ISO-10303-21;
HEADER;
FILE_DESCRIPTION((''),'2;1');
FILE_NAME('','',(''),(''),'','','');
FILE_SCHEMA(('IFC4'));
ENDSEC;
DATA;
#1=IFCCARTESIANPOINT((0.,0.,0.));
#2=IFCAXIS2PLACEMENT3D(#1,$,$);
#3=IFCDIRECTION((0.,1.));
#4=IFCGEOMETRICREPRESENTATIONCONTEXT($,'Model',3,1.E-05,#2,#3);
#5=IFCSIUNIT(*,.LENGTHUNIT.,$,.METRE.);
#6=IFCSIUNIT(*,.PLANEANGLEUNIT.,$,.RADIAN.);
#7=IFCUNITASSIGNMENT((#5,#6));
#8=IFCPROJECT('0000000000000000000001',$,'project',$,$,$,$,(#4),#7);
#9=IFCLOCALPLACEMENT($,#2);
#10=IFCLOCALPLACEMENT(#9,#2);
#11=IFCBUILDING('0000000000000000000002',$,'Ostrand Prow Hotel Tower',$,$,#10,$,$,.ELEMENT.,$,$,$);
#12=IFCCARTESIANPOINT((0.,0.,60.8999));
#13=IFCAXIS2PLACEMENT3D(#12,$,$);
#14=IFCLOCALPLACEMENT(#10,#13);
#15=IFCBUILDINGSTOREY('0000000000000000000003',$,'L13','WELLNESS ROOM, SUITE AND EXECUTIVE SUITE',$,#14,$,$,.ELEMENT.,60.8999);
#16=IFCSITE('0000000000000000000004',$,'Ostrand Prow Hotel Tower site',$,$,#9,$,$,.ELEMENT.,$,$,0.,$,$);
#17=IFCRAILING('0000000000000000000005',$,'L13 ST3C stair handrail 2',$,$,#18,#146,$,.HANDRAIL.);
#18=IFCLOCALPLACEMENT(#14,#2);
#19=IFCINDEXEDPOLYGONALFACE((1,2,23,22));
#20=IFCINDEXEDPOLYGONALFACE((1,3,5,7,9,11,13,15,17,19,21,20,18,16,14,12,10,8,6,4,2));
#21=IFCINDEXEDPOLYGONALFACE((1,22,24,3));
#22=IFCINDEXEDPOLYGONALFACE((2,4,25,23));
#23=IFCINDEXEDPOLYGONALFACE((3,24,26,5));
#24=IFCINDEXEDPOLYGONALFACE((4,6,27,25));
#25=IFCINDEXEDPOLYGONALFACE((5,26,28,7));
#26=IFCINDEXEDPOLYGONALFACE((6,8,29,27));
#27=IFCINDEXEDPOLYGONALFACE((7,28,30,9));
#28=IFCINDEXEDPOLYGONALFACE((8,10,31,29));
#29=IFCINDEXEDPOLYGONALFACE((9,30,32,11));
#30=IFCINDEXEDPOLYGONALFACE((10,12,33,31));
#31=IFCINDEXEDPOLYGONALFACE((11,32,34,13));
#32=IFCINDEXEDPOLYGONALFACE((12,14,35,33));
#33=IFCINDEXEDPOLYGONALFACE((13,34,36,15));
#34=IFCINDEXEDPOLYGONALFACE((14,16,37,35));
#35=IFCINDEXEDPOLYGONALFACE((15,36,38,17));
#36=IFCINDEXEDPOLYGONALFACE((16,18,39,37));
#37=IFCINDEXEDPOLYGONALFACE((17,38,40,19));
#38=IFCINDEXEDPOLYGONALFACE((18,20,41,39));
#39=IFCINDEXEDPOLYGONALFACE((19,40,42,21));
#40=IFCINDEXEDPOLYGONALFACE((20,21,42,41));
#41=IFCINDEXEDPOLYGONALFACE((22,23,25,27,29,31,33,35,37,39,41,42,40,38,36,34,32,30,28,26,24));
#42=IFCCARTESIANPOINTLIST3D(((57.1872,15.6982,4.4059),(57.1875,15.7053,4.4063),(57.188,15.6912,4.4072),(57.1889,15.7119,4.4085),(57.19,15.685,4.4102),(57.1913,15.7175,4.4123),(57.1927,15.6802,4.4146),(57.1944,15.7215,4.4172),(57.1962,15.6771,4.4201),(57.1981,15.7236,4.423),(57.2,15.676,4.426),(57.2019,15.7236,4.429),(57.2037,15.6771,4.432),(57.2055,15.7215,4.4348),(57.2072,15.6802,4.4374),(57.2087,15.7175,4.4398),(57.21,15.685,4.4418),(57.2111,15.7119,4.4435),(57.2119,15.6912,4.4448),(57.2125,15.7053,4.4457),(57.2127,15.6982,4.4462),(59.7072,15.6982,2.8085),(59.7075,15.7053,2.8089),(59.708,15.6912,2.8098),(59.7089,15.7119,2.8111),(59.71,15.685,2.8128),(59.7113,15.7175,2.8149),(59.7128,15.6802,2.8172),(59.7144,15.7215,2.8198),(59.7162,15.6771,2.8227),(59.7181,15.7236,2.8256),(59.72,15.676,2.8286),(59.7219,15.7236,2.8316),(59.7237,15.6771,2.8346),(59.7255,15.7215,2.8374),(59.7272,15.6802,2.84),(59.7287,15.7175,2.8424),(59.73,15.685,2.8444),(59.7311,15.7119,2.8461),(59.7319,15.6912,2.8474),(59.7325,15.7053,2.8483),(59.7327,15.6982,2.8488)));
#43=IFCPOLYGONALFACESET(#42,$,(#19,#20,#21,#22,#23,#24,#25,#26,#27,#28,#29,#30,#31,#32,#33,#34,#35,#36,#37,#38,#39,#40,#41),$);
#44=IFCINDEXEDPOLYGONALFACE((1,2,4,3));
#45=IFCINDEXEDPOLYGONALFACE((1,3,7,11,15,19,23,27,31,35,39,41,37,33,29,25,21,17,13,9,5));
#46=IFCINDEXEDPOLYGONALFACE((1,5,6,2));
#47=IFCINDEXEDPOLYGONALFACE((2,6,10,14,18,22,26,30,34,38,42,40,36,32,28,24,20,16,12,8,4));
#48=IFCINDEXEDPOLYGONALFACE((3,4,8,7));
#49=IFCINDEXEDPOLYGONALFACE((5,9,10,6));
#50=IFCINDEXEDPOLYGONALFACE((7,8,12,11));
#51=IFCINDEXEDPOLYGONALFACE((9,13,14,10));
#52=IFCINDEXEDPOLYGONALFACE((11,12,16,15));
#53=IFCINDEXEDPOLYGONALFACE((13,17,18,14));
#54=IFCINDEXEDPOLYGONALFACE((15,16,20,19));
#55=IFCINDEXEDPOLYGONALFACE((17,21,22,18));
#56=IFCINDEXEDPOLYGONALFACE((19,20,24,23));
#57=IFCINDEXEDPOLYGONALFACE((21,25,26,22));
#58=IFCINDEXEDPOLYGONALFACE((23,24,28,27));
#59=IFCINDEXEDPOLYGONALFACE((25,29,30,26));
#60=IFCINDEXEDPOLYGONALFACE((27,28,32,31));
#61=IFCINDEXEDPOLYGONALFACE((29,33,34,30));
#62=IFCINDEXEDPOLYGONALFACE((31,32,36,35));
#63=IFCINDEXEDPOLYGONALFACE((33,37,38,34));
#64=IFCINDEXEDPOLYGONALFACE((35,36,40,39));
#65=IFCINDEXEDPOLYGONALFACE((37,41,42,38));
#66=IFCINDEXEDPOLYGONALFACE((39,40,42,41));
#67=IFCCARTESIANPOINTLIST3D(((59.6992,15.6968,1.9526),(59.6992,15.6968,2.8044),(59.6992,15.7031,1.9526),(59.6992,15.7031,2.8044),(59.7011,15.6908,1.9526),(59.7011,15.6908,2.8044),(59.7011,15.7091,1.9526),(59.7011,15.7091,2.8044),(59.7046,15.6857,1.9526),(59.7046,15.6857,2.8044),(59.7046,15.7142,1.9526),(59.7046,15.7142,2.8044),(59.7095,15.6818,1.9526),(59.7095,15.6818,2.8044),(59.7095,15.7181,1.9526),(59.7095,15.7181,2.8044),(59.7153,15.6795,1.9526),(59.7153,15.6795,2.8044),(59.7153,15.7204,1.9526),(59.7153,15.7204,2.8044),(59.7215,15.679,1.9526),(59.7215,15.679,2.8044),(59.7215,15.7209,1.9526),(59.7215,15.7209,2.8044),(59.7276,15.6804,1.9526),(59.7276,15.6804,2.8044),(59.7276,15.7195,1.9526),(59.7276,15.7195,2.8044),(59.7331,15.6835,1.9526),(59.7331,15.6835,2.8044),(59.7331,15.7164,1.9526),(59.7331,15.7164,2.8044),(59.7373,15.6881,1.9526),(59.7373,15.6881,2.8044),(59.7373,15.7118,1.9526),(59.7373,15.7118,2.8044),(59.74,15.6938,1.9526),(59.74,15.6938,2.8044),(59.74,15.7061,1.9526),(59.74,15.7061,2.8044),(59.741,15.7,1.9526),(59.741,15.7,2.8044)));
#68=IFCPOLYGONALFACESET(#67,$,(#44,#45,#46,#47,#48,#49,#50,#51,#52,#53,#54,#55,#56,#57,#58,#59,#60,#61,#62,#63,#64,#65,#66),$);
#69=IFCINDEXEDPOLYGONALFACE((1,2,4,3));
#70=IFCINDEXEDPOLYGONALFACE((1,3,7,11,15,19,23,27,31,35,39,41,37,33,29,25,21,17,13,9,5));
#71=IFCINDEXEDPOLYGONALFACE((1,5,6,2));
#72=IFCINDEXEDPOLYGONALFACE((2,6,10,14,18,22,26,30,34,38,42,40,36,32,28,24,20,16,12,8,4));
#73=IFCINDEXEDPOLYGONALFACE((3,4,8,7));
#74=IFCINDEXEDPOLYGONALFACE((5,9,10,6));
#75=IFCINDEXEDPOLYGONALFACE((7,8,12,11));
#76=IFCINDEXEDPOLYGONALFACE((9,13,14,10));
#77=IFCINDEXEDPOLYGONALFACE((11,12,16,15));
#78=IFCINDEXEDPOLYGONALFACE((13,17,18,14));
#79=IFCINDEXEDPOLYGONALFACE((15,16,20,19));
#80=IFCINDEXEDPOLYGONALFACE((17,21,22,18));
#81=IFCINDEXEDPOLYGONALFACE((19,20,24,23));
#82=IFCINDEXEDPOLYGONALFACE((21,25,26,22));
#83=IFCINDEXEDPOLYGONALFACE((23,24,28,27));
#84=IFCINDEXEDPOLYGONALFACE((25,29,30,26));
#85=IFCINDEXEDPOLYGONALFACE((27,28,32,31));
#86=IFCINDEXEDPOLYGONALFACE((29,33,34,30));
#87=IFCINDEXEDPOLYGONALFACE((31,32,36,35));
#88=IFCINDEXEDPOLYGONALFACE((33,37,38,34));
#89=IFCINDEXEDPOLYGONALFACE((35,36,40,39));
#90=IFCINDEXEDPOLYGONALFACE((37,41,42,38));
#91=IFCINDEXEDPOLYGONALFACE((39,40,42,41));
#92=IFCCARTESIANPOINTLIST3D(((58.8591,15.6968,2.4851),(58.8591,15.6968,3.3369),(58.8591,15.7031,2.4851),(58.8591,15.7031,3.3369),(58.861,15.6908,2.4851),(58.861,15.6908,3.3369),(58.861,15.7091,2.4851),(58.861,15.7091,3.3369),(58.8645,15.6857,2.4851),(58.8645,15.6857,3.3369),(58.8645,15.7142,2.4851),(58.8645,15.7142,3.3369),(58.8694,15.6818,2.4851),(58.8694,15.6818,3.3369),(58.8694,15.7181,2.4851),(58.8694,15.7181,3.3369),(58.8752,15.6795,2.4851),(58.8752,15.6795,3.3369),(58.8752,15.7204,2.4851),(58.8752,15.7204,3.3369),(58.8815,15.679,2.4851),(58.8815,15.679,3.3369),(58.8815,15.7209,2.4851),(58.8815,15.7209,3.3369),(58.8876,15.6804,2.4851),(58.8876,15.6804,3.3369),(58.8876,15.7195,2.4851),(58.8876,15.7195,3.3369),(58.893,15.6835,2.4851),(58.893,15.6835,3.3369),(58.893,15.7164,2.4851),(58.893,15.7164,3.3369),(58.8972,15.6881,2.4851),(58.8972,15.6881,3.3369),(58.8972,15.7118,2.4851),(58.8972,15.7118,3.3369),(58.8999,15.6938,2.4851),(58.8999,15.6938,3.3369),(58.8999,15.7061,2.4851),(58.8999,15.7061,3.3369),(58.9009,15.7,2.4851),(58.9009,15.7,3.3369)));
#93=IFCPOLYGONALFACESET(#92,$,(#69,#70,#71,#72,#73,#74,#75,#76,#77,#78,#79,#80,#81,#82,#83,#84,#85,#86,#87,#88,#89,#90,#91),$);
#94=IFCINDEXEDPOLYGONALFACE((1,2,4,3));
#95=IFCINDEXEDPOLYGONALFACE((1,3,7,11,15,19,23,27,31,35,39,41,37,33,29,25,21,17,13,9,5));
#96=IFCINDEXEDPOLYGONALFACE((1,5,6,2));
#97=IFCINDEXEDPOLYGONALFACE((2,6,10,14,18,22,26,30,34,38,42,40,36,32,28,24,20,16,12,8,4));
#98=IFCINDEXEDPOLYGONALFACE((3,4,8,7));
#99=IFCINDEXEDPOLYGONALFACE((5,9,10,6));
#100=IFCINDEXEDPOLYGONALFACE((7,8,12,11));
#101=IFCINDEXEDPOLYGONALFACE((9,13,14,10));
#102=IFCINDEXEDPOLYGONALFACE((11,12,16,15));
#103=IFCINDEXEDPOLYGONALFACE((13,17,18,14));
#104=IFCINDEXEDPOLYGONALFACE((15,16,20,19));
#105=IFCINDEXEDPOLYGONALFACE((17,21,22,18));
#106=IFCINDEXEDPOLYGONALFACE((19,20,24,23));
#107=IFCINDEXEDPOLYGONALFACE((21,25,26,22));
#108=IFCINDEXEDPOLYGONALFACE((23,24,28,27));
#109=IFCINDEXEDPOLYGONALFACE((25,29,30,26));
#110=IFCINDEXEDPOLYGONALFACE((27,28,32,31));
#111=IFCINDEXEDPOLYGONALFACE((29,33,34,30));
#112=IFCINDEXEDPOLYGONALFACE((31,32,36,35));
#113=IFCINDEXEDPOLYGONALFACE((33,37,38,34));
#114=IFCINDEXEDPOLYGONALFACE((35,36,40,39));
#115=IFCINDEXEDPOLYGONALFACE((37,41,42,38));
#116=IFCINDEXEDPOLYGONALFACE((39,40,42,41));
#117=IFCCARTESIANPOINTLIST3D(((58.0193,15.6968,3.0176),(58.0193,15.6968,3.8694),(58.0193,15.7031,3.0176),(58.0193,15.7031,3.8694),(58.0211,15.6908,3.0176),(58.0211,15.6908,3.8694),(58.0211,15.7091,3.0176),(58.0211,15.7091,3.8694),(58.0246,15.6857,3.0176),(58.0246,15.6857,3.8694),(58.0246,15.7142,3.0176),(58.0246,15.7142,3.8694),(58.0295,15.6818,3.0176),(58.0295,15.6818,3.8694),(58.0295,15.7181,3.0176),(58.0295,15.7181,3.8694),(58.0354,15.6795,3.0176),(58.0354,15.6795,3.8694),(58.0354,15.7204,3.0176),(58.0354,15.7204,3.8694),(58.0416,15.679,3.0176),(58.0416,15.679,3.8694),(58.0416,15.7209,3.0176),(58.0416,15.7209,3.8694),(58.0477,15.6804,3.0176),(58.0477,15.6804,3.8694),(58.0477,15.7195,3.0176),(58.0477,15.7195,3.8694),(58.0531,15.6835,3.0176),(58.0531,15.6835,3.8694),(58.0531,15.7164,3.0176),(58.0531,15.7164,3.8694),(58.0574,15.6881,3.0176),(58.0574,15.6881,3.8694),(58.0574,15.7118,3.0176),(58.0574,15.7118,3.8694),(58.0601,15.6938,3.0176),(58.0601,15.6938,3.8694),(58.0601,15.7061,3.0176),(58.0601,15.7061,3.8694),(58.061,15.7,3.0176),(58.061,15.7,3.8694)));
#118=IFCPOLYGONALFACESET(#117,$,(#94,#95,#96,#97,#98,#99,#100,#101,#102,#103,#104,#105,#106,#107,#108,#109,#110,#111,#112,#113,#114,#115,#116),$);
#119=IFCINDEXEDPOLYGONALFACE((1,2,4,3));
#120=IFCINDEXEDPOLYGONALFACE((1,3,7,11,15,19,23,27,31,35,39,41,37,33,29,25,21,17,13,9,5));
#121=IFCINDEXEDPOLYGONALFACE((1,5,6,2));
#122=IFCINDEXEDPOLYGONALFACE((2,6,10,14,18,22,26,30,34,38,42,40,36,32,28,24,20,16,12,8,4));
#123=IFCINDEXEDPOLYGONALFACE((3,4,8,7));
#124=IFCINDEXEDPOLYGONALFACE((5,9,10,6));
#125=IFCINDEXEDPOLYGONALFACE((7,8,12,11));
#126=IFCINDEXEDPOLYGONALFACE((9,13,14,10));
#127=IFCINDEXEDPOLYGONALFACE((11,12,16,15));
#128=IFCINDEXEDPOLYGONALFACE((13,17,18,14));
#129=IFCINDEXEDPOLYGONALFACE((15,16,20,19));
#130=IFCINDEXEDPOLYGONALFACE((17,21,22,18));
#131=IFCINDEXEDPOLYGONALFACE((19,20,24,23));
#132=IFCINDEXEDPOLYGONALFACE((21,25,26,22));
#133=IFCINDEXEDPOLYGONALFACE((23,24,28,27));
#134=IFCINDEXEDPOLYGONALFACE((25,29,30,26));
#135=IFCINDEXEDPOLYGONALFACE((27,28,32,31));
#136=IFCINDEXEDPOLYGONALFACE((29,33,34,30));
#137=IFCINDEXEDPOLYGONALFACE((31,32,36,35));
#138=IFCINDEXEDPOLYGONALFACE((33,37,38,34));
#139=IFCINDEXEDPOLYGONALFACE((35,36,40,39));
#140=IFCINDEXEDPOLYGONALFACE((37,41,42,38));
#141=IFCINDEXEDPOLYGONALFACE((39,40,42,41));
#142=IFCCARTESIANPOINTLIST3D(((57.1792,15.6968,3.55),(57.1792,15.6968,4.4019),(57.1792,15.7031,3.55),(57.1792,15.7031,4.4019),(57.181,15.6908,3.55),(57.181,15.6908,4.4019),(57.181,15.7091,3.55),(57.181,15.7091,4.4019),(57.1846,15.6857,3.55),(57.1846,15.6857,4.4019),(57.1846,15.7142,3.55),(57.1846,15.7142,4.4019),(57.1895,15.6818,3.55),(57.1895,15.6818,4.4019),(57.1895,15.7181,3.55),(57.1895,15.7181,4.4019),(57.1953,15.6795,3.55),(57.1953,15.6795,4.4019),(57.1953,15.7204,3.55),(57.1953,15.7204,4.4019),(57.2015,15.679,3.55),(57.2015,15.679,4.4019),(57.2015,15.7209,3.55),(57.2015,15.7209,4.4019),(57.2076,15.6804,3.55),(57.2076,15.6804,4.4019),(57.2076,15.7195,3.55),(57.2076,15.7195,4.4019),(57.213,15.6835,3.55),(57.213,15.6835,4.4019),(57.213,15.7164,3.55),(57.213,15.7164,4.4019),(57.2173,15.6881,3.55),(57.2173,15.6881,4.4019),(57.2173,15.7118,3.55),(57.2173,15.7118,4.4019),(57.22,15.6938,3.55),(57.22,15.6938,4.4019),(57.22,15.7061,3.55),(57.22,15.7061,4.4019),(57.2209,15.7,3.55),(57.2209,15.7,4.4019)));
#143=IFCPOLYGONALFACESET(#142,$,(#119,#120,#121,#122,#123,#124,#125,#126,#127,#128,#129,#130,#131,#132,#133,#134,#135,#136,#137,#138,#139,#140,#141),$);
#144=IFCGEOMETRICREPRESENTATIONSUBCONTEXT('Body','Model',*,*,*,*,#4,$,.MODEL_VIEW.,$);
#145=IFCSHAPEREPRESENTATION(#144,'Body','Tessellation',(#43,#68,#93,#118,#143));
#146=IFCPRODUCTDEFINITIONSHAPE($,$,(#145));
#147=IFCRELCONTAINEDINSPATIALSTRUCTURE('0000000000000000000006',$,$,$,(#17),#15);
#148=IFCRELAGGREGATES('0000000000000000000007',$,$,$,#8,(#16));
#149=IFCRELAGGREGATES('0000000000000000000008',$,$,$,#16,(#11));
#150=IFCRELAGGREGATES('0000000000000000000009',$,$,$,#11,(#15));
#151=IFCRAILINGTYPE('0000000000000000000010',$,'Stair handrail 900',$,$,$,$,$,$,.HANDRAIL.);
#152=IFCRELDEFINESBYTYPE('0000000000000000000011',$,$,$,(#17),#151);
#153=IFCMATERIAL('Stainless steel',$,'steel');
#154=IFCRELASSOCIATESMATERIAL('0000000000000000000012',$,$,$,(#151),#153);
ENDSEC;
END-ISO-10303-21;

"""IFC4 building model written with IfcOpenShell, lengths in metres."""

from ifc_helpers import new_model, si_unit, direction, frame, origin, origin_2d, place, context, subcontext, project, spatial, circle, extrude, material, type_object, element, save


model = new_model("IFC4")

# Units and contexts
model_context = context("Model", 3, precision=1e-05, world=origin(), true_north=direction((0.0, 1.0)))
body_context = subcontext(model_context, "Body", "Model", "MODEL_VIEW")
ifc_project = project(units=[si_unit("LENGTHUNIT", "METRE"), si_unit("PLANEANGLEUNIT", "RADIAN")], contexts=[model_context])

# Site, building, storey
site_placement = place(None, origin())
site = spatial("IfcSite", under=ifc_project, at=site_placement, Name="Ostrand Prow Hotel Tower site", CompositionType="ELEMENT", RefElevation=0.0)
building_placement = place(site_placement, origin())
building = spatial("IfcBuilding", under=site, at=building_placement, Name="Ostrand Prow Hotel Tower", CompositionType="ELEMENT")
storey_placement = place(building_placement, frame((0.0, 0.0, 60.8999)))
storey = spatial("IfcBuildingStorey", under=building, at=storey_placement, Name="L13", Description="WELLNESS ROOM, SUITE AND EXECUTIVE SUITE", CompositionType="ELEMENT", Elevation=60.8999)

# Railing
ifc_material_1 = material(Name="Stainless steel", Category="steel")
railing_type_1 = type_object("IfcRailingType", Name="Stair handrail 900", PredefinedType="HANDRAIL", material=ifc_material_1)
railing_1_placement = place(storey_placement, frame((59.72, 15.7, 1.9526)))
element("IfcRailing", 1, at=railing_1_placement, inside=storey, type_object=railing_type_1, Name="L13 ST3C stair handrail 2", PredefinedType="HANDRAIL", context=body_context, shape_type="SweptSolid", body=[
    extrude(circle(Radius=0.0239, at=origin_2d()), frame((0.0, 0.0, 0.876), z_axis=(-0.844607, 0.0, 0.535387), x_axis=(0.0, -1.0, 0.0)), (0.0, 0.0, 1.0), 2.9836),
    extrude(circle(Radius=0.021, at=origin_2d()), origin(), (0.0, 0.0, 1.0), 0.8518),
    extrude(circle(Radius=0.021, at=origin_2d()), frame((-0.8401, 0.0, 0.5325)), (0.0, 0.0, 1.0), 0.8518),
    extrude(circle(Radius=0.021, at=origin_2d()), frame((-1.6799, 0.0, 1.0649)), (0.0, 0.0, 1.0), 0.8518),
    extrude(circle(Radius=0.021, at=origin_2d()), frame((-2.52, 0.0, 1.5974)), (0.0, 0.0, 1.0), 0.8518),
])

save(model, "model.ifc")
